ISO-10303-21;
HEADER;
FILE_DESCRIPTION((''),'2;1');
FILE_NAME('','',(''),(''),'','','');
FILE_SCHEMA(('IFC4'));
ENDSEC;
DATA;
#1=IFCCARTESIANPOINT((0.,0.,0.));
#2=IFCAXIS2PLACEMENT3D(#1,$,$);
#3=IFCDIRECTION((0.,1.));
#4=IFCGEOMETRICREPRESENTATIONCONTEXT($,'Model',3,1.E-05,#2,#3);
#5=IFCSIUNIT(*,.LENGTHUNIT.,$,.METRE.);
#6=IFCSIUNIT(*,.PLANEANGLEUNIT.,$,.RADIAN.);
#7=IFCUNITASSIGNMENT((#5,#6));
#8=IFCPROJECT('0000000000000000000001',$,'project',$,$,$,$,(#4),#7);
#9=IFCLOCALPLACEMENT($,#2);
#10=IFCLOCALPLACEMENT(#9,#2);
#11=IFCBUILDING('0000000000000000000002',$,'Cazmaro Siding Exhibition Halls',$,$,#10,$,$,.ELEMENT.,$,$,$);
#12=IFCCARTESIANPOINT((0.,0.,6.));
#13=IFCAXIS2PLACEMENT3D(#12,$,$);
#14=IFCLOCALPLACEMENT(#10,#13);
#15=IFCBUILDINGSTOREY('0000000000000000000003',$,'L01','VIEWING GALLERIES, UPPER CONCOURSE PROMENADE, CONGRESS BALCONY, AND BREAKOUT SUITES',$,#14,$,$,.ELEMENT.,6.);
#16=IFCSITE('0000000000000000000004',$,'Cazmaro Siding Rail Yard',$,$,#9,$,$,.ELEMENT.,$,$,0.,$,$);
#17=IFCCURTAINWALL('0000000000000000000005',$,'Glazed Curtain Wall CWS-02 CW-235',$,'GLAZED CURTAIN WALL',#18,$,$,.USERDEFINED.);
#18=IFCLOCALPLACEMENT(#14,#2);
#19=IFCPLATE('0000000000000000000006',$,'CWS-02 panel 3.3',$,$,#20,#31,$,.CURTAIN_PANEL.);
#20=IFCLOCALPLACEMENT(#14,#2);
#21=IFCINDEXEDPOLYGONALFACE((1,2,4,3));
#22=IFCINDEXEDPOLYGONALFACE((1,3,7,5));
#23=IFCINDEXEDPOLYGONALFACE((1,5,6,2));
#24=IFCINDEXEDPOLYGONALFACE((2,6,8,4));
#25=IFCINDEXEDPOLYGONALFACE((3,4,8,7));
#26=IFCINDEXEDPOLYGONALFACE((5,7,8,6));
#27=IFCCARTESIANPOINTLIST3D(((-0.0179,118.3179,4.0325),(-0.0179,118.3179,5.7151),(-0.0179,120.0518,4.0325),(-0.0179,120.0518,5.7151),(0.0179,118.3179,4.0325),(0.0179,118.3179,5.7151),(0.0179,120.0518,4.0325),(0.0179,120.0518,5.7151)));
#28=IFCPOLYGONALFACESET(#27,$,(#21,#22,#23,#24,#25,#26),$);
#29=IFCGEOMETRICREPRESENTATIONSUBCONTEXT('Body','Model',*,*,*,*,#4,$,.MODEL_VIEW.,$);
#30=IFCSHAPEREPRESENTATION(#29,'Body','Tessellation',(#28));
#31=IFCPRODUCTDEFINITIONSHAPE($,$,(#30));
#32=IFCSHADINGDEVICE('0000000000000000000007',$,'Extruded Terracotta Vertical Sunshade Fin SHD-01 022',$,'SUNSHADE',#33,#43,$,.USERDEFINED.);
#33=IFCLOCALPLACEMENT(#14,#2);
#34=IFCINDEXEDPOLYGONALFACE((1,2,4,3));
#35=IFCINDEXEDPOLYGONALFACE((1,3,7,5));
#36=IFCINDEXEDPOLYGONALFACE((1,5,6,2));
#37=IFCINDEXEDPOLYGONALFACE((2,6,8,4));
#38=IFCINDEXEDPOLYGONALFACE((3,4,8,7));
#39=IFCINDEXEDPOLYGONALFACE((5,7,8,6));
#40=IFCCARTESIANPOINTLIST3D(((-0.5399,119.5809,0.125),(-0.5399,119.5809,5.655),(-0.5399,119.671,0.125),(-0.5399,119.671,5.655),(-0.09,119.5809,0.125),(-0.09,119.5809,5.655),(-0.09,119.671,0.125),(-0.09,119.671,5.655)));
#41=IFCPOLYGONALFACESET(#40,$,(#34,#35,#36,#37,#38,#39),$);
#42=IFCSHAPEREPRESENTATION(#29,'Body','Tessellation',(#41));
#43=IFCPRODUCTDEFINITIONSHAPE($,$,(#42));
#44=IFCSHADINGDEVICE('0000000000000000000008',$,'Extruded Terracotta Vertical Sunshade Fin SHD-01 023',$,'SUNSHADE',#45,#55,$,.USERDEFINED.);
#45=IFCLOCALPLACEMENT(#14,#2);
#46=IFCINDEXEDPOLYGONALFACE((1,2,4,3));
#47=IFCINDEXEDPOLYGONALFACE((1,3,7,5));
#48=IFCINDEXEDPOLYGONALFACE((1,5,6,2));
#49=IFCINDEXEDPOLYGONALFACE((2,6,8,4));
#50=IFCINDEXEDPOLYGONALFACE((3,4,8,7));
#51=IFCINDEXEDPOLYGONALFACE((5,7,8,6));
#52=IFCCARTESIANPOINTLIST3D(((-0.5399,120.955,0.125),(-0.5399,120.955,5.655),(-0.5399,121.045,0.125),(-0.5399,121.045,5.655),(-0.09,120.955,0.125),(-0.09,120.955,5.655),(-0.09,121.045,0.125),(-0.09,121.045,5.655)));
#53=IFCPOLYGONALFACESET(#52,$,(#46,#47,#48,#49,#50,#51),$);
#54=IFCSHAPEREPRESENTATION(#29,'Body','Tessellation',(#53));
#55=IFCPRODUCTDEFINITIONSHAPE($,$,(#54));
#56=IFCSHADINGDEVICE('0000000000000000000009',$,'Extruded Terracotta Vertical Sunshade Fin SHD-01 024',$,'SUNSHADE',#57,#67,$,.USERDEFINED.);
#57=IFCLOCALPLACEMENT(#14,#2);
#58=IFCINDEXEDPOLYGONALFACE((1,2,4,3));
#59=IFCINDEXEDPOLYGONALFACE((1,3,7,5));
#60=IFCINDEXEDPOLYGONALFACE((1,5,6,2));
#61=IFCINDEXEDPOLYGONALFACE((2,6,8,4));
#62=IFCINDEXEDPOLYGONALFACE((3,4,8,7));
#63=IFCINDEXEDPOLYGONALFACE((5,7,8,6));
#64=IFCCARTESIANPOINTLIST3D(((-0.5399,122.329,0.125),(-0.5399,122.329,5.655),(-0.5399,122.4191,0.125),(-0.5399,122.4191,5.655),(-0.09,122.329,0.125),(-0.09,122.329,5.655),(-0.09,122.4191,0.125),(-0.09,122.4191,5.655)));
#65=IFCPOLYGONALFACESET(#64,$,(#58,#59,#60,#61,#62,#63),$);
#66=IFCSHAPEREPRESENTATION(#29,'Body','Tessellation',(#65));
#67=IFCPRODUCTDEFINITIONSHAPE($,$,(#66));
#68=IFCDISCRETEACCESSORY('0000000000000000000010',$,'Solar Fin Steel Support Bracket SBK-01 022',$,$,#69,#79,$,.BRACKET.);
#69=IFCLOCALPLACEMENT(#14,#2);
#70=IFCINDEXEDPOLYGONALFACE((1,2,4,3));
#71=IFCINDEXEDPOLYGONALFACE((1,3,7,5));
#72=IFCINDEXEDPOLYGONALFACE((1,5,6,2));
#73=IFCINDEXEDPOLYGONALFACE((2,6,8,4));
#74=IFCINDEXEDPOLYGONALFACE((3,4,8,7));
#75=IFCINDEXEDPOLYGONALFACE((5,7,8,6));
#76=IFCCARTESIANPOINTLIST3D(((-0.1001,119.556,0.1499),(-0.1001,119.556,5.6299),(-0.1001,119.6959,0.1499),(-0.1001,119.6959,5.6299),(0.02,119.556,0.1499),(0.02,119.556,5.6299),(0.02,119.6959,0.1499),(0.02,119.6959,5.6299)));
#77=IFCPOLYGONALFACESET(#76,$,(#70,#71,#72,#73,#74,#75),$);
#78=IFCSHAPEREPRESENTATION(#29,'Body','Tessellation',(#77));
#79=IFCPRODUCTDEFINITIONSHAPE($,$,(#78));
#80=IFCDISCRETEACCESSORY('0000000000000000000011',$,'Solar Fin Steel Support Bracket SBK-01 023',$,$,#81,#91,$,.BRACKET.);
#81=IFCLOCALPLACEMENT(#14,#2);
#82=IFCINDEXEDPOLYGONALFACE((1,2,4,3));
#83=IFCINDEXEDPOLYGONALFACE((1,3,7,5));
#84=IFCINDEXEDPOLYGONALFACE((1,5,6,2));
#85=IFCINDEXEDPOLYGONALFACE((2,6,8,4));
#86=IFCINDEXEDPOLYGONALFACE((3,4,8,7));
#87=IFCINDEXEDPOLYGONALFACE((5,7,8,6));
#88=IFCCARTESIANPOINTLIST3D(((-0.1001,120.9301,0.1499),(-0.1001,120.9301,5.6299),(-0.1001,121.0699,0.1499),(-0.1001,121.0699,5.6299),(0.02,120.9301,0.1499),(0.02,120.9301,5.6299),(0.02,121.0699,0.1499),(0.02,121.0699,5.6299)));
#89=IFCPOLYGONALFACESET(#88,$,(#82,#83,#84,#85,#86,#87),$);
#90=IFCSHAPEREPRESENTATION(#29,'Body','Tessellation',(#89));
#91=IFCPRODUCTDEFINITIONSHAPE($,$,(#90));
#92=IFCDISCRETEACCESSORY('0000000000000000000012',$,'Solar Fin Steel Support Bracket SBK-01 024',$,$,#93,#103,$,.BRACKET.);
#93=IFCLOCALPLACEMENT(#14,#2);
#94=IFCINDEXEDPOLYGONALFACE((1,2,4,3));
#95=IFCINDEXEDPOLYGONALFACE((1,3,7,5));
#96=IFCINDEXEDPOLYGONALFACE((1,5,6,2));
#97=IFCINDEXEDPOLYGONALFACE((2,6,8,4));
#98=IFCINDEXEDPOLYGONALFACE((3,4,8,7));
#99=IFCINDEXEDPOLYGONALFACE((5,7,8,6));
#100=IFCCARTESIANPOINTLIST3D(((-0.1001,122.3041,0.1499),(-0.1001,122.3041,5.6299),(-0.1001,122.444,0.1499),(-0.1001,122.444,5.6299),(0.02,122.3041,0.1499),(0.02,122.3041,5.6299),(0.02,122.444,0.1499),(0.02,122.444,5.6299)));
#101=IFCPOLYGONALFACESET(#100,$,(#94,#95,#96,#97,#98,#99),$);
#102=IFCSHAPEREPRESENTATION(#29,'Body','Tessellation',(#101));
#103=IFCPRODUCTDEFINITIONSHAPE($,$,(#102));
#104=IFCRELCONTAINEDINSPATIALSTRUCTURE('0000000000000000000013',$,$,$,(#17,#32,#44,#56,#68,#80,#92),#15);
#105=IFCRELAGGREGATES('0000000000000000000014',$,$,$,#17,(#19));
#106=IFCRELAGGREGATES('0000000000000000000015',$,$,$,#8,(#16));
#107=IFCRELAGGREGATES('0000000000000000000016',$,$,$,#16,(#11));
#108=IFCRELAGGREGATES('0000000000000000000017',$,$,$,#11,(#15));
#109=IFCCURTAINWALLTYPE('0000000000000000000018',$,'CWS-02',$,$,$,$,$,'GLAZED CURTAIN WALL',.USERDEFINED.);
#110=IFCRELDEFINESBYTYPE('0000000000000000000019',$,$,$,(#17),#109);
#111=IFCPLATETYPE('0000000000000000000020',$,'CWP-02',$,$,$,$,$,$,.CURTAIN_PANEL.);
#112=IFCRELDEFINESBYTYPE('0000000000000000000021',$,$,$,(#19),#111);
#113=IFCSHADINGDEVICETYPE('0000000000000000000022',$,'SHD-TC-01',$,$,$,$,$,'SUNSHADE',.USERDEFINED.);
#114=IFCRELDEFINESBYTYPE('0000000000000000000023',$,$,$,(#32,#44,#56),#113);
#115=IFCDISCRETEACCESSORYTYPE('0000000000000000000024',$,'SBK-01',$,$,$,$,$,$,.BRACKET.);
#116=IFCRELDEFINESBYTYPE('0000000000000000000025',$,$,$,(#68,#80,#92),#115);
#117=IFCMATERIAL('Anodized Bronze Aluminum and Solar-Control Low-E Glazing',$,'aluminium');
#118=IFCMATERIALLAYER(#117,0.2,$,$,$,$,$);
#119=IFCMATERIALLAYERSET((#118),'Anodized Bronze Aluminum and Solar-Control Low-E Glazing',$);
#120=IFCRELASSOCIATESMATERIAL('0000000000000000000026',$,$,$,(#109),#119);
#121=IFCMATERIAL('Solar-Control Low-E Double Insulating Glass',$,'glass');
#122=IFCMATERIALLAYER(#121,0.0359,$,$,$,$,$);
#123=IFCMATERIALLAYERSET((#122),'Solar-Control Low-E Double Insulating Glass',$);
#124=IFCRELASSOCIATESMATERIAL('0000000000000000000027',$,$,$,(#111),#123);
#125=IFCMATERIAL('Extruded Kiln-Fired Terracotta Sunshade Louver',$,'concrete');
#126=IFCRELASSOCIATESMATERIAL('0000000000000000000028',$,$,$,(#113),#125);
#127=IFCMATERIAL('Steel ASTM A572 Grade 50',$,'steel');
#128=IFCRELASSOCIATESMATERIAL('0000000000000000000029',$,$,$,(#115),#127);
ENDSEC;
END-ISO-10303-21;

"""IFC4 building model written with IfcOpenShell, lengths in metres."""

from ifc_helpers import new_model, si_unit, direction, frame, origin, origin_2d, place, context, subcontext, project, spatial, rectangle, extrude, material, layer, layer_set, type_object, element, aggregate, save


model = new_model("IFC4")

# Units and contexts
model_context = context("Model", 3, precision=1e-05, world=origin(), true_north=direction((0.0, 1.0)))
body_context = subcontext(model_context, "Body", "Model", "MODEL_VIEW")
ifc_project = project(units=[si_unit("LENGTHUNIT", "METRE"), si_unit("PLANEANGLEUNIT", "RADIAN")], contexts=[model_context])

# Site, building, storey
site_placement = place(None, origin())
site = spatial("IfcSite", under=ifc_project, at=site_placement, Name="Cazmaro Siding Rail Yard", CompositionType="ELEMENT", RefElevation=0.0)
building_placement = place(site_placement, origin())
building = spatial("IfcBuilding", under=site, at=building_placement, Name="Cazmaro Siding Exhibition Halls", CompositionType="ELEMENT")
storey_placement = place(building_placement, frame((0.0, 0.0, 6.0)))
storey = spatial("IfcBuildingStorey", under=building, at=storey_placement, Name="L01", Description="VIEWING GALLERIES, UPPER CONCOURSE PROMENADE, CONGRESS BALCONY, AND BREAKOUT SUITES", CompositionType="ELEMENT", Elevation=6.0)

# Curtain wall, plate
ifc_material_1 = material(Name="Anodized Bronze Aluminum and Solar-Control Low-E Glazing", Category="aluminium")
ifc_layer_1 = layer(ifc_material_1, 0.2)
ifc_layer_set_1 = layer_set([ifc_layer_1], Name="Anodized Bronze Aluminum and Solar-Control Low-E Glazing")
curtain_wall_type = type_object("IfcCurtainWallType", Name="CWS-02", ElementType="GLAZED CURTAIN WALL", PredefinedType="USERDEFINED", material=ifc_layer_set_1)
curtain_wall_placement = place(storey_placement, origin())
curtain_wall = element("IfcCurtainWall", 1, at=curtain_wall_placement, inside=storey, type_object=curtain_wall_type, Name="Glazed Curtain Wall CWS-02 CW-235", ObjectType="GLAZED CURTAIN WALL", PredefinedType="USERDEFINED")
ifc_material_2 = material(Name="Solar-Control Low-E Double Insulating Glass", Category="glass")
ifc_layer_2 = layer(ifc_material_2, 0.0359)
ifc_layer_set_2 = layer_set([ifc_layer_2], Name="Solar-Control Low-E Double Insulating Glass")
plate_type = type_object("IfcPlateType", Name="CWP-02", PredefinedType="CURTAIN_PANEL", material=ifc_layer_set_2)
plate_1_placement = place(storey_placement, frame((0.0, 119.1848, 4.0325), z_axis=(0.0, 0.0, 1.0), x_axis=(0.0, -1.0, 0.0)))
plate_1 = element("IfcPlate", 2, at=plate_1_placement, type_object=plate_type, Name="CWS-02 panel 3.3", PredefinedType="CURTAIN_PANEL", context=body_context, shape_type="SweptSolid", body=[
    extrude(rectangle(XDim=1.7339, YDim=0.0359, at=origin_2d()), origin(), (0.0, 0.0, 1.0), 1.6826),
])
aggregate(curtain_wall, [plate_1])

# Shading devices
ifc_material_3 = material(Name="Extruded Kiln-Fired Terracotta Sunshade Louver", Category="concrete")
shading_device_type = type_object("IfcShadingDeviceType", Name="SHD-TC-01", ElementType="SUNSHADE", PredefinedType="USERDEFINED", material=ifc_material_3)
for number, where, z_axis, x_axis, name in (
    (3, (-0.3149, 119.626, 0.125), (0.0, 0.0, 1.0), (1.0, 0.0, 0.0), "Extruded Terracotta Vertical Sunshade Fin SHD-01 022"),
    (4, (-0.3149, 121.0, 0.125), (0.0, 0.0, 1.0), (1.0, 0.0, 0.0), "Extruded Terracotta Vertical Sunshade Fin SHD-01 023"),
    (5, (-0.3149, 122.374, 0.125), (0.0, 0.0, 1.0), (1.0, 0.0, 0.0), "Extruded Terracotta Vertical Sunshade Fin SHD-01 024"),
):
    element("IfcShadingDevice", number, at=place(storey_placement, frame(where, z_axis=z_axis, x_axis=x_axis)), inside=storey, type_object=shading_device_type, Name=name, ObjectType="SUNSHADE", PredefinedType="USERDEFINED", context=body_context, shape_type="SweptSolid", body=[
        extrude(rectangle(XDim=0.45, YDim=0.0901, at=origin_2d()), origin(), (0.0, 0.0, 1.0), 5.53),
    ])

# Discrete accessories
ifc_material_4 = material(Name="Steel ASTM A572 Grade 50", Category="steel")
discrete_accessory_type = type_object("IfcDiscreteAccessoryType", Name="SBK-01", PredefinedType="BRACKET", material=ifc_material_4)
for number, where, z_axis, x_axis, name in (
    (6, (-0.04, 119.626, 0.1499), (0.0, 0.0, 1.0), (1.0, 0.0, 0.0), "Solar Fin Steel Support Bracket SBK-01 022"),
    (7, (-0.04, 121.0, 0.1499), (0.0, 0.0, 1.0), (1.0, 0.0, 0.0), "Solar Fin Steel Support Bracket SBK-01 023"),
    (8, (-0.04, 122.374, 0.1499), (0.0, 0.0, 1.0), (1.0, 0.0, 0.0), "Solar Fin Steel Support Bracket SBK-01 024"),
):
    element("IfcDiscreteAccessory", number, at=place(storey_placement, frame(where, z_axis=z_axis, x_axis=x_axis)), inside=storey, type_object=discrete_accessory_type, Name=name, PredefinedType="BRACKET", context=body_context, shape_type="SweptSolid", body=[
        extrude(rectangle(XDim=0.1201, YDim=0.1399, at=origin_2d()), origin(), (0.0, 0.0, 1.0), 5.48),
    ])

save(model, "model.ifc")
